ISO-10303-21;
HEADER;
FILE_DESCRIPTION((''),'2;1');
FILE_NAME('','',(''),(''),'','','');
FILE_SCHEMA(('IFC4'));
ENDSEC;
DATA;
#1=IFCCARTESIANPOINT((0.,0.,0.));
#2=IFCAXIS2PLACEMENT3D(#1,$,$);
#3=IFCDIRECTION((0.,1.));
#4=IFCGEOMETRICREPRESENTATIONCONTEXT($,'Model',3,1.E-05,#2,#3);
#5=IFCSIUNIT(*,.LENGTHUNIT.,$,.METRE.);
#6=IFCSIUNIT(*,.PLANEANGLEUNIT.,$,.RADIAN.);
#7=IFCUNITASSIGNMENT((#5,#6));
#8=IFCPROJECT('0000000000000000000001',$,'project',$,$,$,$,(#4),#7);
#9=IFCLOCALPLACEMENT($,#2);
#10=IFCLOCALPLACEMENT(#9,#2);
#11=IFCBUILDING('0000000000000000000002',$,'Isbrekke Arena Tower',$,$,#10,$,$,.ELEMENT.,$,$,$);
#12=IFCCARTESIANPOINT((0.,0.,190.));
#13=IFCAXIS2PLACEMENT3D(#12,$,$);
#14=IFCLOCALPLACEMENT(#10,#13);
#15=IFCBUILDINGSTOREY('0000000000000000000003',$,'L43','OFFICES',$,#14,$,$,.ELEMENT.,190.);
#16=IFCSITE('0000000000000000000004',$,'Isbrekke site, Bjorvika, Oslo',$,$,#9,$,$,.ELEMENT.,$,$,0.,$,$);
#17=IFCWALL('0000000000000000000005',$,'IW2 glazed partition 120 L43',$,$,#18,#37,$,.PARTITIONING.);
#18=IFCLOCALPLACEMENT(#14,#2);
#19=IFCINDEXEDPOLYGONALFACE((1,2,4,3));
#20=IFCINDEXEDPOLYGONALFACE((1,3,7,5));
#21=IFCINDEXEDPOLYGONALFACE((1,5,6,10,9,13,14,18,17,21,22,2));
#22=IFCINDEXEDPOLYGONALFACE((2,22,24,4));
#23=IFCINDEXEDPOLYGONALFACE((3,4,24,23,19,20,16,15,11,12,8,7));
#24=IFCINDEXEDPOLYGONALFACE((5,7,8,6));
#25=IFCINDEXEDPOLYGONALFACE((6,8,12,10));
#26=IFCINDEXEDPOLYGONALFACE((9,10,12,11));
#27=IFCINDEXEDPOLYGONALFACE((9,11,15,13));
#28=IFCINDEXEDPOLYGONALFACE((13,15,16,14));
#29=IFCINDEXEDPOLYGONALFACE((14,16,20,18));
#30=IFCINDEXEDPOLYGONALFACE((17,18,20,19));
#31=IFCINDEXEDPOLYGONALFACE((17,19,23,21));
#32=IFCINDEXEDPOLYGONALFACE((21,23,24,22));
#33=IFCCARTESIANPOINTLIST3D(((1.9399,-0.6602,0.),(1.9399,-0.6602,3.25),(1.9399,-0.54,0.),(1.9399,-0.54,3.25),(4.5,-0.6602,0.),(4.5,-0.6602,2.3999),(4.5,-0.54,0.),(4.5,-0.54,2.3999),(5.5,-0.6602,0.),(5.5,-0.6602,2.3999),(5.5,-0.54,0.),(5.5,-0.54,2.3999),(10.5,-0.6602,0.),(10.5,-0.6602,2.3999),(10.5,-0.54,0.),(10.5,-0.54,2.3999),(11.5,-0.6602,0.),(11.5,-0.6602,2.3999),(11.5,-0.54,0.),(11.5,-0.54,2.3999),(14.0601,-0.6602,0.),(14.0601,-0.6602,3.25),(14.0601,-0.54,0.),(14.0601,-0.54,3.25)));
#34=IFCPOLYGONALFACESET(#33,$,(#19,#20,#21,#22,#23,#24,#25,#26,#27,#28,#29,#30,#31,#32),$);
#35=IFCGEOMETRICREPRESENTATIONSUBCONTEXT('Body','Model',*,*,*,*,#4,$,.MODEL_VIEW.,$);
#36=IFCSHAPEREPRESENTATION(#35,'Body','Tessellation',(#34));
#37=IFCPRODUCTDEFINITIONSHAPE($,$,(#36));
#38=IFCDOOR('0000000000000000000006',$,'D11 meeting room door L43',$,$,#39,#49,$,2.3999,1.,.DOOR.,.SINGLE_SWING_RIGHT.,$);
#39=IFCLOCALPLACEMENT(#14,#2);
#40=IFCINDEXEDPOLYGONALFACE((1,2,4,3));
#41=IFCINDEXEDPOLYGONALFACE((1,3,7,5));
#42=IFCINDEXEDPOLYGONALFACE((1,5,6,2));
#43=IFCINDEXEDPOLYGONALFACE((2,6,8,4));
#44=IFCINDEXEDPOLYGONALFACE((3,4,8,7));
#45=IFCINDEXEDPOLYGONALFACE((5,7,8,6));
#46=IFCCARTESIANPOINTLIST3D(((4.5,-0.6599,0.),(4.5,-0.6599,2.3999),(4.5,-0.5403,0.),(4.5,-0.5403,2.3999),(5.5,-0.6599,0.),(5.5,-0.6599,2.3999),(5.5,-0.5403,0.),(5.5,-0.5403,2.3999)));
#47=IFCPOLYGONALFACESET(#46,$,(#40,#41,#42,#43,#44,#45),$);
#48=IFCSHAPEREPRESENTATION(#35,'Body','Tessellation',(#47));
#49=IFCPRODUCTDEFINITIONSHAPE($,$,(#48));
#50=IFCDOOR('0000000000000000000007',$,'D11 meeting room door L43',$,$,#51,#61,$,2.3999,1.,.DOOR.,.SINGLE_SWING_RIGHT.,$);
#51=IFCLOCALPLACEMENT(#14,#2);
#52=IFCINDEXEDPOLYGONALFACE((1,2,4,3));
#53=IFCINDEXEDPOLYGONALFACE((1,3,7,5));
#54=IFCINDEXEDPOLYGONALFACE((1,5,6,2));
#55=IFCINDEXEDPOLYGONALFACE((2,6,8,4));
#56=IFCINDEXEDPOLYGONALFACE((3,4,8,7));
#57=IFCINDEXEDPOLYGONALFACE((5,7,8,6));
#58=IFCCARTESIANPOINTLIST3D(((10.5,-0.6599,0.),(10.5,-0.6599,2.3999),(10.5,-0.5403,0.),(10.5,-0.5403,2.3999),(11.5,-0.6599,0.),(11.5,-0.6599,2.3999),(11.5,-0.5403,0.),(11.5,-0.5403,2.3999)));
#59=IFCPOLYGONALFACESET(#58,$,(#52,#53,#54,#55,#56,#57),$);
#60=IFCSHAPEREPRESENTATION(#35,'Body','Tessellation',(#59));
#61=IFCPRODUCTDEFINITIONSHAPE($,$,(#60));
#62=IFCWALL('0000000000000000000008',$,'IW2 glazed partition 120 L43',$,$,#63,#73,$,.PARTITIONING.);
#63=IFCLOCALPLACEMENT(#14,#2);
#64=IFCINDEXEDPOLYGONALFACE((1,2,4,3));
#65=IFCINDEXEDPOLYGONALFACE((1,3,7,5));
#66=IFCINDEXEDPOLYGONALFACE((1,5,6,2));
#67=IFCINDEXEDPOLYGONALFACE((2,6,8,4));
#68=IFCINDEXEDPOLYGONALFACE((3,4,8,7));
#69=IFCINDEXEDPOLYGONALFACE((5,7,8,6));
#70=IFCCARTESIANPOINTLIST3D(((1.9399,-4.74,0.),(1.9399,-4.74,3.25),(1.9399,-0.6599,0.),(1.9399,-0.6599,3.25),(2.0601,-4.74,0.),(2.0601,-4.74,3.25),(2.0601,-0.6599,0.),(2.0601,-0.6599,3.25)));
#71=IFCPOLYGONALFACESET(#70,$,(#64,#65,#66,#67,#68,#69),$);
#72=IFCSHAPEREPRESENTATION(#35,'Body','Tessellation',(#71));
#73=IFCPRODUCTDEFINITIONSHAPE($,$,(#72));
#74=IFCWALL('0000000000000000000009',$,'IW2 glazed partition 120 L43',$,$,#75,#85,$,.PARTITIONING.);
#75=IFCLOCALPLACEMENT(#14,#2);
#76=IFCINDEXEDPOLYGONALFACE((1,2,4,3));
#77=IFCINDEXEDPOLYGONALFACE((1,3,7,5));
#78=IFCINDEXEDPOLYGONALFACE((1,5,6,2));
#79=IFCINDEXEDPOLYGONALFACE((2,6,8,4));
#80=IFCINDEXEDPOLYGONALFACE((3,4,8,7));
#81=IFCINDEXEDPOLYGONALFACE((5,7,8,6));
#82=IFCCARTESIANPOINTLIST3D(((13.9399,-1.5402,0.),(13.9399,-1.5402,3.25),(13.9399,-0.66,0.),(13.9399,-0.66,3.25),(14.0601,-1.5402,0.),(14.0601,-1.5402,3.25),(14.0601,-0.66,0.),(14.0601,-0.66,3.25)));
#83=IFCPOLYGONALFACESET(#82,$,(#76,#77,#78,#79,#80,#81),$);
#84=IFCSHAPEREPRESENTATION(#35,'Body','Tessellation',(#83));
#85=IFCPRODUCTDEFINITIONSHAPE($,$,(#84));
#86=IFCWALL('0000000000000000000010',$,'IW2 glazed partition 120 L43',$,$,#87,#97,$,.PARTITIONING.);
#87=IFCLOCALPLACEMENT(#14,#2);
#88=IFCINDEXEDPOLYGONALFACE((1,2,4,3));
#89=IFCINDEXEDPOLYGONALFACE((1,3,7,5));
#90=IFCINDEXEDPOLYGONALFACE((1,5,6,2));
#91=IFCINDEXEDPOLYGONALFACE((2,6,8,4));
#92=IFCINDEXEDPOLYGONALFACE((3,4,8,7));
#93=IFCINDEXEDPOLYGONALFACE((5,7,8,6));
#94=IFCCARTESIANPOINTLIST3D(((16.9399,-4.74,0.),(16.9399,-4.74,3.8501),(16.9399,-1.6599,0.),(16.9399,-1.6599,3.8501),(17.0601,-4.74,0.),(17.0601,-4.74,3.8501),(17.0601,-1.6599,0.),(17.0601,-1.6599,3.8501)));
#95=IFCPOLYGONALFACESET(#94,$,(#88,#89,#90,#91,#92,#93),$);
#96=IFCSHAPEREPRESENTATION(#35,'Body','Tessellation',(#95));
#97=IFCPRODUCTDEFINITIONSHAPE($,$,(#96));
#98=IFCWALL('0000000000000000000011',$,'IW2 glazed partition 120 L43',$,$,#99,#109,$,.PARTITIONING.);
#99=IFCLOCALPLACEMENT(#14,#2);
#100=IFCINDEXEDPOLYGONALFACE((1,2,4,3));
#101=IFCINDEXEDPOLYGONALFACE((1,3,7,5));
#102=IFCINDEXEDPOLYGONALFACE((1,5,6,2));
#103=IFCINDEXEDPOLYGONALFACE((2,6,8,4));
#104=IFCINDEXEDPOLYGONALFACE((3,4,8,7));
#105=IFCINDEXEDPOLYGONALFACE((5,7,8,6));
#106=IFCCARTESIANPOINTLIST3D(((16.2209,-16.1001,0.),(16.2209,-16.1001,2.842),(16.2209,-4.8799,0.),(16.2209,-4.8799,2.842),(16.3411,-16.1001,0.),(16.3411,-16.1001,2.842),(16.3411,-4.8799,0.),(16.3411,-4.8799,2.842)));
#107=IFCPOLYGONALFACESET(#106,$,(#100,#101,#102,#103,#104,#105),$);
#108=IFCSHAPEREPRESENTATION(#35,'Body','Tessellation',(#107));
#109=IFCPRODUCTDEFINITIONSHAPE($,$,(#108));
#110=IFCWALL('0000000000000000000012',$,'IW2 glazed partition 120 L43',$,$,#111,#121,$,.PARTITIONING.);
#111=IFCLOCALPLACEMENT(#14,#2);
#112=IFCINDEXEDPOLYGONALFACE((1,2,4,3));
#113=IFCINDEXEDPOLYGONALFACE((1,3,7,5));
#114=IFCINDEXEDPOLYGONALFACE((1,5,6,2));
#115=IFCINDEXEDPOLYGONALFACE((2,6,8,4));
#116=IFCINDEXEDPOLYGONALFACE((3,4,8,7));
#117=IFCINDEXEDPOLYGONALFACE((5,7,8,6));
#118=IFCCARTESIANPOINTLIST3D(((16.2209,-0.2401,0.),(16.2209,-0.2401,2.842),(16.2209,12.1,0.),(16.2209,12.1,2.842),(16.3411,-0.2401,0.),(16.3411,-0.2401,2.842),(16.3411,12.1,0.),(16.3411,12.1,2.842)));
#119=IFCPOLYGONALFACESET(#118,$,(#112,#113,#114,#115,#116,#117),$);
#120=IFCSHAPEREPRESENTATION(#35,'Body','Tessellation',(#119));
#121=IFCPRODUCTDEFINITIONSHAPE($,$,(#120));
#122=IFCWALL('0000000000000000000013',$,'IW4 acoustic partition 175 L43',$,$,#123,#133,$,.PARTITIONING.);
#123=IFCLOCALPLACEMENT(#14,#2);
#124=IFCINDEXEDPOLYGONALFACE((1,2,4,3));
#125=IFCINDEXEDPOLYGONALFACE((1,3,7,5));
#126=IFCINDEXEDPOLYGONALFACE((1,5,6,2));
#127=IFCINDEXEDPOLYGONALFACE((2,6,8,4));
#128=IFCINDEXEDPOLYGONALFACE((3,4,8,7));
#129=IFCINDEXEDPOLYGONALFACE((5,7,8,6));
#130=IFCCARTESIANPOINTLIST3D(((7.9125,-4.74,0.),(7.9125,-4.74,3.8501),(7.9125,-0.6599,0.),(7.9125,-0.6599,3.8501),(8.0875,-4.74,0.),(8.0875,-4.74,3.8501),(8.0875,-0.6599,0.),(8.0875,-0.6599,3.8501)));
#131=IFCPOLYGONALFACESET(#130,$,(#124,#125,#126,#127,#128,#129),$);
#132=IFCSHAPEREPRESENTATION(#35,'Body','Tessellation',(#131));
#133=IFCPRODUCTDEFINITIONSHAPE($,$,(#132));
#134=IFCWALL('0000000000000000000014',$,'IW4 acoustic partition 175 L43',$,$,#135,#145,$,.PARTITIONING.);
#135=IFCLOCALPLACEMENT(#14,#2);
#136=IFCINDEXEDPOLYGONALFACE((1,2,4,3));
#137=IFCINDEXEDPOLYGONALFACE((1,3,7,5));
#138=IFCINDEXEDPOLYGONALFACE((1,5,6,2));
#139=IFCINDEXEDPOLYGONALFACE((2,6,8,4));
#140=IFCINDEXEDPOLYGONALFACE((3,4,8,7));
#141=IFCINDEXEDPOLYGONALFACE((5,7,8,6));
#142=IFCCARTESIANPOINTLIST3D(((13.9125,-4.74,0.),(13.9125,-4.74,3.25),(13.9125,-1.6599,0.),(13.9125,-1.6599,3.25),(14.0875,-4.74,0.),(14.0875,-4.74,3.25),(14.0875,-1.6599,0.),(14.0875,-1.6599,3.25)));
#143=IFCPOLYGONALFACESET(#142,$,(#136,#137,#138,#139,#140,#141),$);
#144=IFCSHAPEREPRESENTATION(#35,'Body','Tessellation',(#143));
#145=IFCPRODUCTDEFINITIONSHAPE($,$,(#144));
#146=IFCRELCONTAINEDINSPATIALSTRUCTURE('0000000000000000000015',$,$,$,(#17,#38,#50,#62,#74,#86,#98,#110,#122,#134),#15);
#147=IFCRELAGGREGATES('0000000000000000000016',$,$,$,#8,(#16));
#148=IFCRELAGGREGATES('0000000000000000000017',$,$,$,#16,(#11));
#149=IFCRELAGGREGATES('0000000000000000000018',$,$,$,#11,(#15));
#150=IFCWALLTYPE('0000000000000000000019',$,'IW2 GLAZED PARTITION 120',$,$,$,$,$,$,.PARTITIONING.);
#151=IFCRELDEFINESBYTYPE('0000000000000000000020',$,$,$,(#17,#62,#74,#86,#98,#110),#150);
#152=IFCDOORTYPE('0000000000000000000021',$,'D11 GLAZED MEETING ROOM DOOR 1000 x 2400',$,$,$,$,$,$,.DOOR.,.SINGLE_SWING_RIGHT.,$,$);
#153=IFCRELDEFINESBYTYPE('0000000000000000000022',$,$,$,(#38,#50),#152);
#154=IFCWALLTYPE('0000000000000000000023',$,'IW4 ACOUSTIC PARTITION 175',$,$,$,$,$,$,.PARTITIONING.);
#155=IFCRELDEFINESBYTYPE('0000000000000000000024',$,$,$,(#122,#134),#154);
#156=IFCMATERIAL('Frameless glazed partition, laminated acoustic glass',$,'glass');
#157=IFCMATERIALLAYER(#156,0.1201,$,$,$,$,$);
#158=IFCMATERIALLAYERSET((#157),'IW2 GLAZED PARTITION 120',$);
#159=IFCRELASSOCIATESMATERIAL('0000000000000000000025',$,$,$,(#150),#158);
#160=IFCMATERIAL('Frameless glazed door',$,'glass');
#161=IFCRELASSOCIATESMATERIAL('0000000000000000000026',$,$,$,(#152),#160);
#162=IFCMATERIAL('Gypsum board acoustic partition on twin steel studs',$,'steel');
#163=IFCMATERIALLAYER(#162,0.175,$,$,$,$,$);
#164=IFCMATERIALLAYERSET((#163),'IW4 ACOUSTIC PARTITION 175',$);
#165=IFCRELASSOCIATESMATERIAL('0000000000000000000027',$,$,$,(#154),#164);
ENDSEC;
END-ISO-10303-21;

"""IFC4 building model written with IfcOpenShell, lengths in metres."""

from ifc_helpers import new_model, si_unit, direction, frame, frame_2d, origin, place, context, subcontext, project, spatial, rectangle, extrude, material, layer, layer_set, type_object, element, fill, save


model = new_model("IFC4")

# Units and contexts
model_context = context("Model", 3, precision=1e-05, world=origin(), true_north=direction((0.0, 1.0)))
body_context = subcontext(model_context, "Body", "Model", "MODEL_VIEW")
ifc_project = project(units=[si_unit("LENGTHUNIT", "METRE"), si_unit("PLANEANGLEUNIT", "RADIAN")], contexts=[model_context])

# Site, building, storey
site_placement = place(None, origin())
site = spatial("IfcSite", under=ifc_project, at=site_placement, Name="Isbrekke site, Bjorvika, Oslo", CompositionType="ELEMENT", RefElevation=0.0)
building_placement = place(site_placement, origin())
building = spatial("IfcBuilding", under=site, at=building_placement, Name="Isbrekke Arena Tower", CompositionType="ELEMENT")
storey_placement = place(building_placement, frame((0.0, 0.0, 190.0)))
storey = spatial("IfcBuildingStorey", under=building, at=storey_placement, Name="L43", Description="OFFICES", CompositionType="ELEMENT", Elevation=190.0)

# Shared definitions
ifc_material_1 = material(Name="Frameless glazed partition, laminated acoustic glass", Category="glass")
ifc_layer_1 = layer(ifc_material_1, 0.1201)
ifc_layer_set_1 = layer_set([ifc_layer_1], Name="IW2 GLAZED PARTITION 120")
wall_type_1 = type_object("IfcWallType", Name="IW2 GLAZED PARTITION 120", PredefinedType="PARTITIONING", material=ifc_layer_set_1)

# Shared definitions
ifc_material_2 = material(Name="Frameless glazed door", Category="glass")
door_type_1 = type_object("IfcDoorType", Name="D11 GLAZED MEETING ROOM DOOR 1000 x 2400", OperationType="SINGLE_SWING_RIGHT", PredefinedType="DOOR", material=ifc_material_2)

# Wall, openings, doors
wall_1_placement = place(storey_placement, frame((1.9399, -0.6001, 0.0), z_axis=(0.0, 0.0, 1.0), x_axis=(1.0, 0.0, 0.0)))
wall_1 = element("IfcWall", 1, at=wall_1_placement, inside=storey, type_object=wall_type_1, Name="IW2 glazed partition 120 L43", PredefinedType="PARTITIONING", context=body_context, shape_type="SweptSolid", body=[
    extrude(rectangle(XDim=12.1201, YDim=0.1201, at=frame_2d((6.0601, 0.0))), origin(), (0.0, 0.0, 1.0), 3.25),
])
opening_1_placement = place(wall_1_placement, frame((2.5601, 0.0, 0.0)))
opening_1 = element("IfcOpeningElement", 2, at=opening_1_placement, cuts=wall_1, PredefinedType="OPENING", context=body_context, shape_type="SweptSolid", body=[
    extrude(rectangle(XDim=1.0, YDim=2.3999, at=frame_2d((0.5, 1.2))), frame((0.0, 0.075, 0.0), z_axis=(0.0, -1.0, 0.0), x_axis=(1.0, 0.0, 0.0)), (0.0, 0.0, 1.0), 0.1499),
])
opening_2_placement = place(wall_1_placement, frame((8.5601, 0.0, 0.0)))
opening_2 = element("IfcOpeningElement", 3, at=opening_2_placement, cuts=wall_1, PredefinedType="OPENING", context=body_context, shape_type="SweptSolid", body=[
    extrude(rectangle(XDim=1.0, YDim=2.3999, at=frame_2d((0.5, 1.2))), frame((0.0, 0.075, 0.0), z_axis=(0.0, -1.0, 0.0), x_axis=(1.0, 0.0, 0.0)), (0.0, 0.0, 1.0), 0.1499),
])
door_1_placement = place(opening_1_placement, origin())
door_1 = element("IfcDoor", 4, at=door_1_placement, inside=storey, type_object=door_type_1, Name="D11 meeting room door L43", OperationType="SINGLE_SWING_RIGHT", OverallHeight=2.3999, OverallWidth=1.0, PredefinedType="DOOR", context=body_context, shape_type="SweptSolid", body=[
    extrude(rectangle(XDim=1.0, YDim=2.3999, at=frame_2d((0.5, 1.2))), frame((0.0, 0.0598, 0.0), z_axis=(0.0, -1.0, 0.0), x_axis=(1.0, 0.0, 0.0)), (0.0, 0.0, 1.0), 0.1196),
])
fill(opening_1, door_1)
door_2_placement = place(opening_2_placement, origin())
door_2 = element("IfcDoor", 5, at=door_2_placement, inside=storey, type_object=door_type_1, Name="D11 meeting room door L43", OperationType="SINGLE_SWING_RIGHT", OverallHeight=2.3999, OverallWidth=1.0, PredefinedType="DOOR", context=body_context, shape_type="SweptSolid", body=[
    extrude(rectangle(XDim=1.0, YDim=2.3999, at=frame_2d((0.5, 1.2))), frame((0.0, 0.0598, 0.0), z_axis=(0.0, -1.0, 0.0), x_axis=(1.0, 0.0, 0.0)), (0.0, 0.0, 1.0), 0.1196),
])
fill(opening_2, door_2)

# Walls
wall_2_placement = place(storey_placement, frame((2.0, -4.74, 0.0), z_axis=(0.0, 0.0, 1.0), x_axis=(0.0, 1.0, 0.0)))
element("IfcWall", 6, at=wall_2_placement, inside=storey, type_object=wall_type_1, Name="IW2 glazed partition 120 L43", PredefinedType="PARTITIONING", context=body_context, shape_type="SweptSolid", body=[
    extrude(rectangle(XDim=4.0801, YDim=0.1201, at=frame_2d((2.04, 0.0))), origin(), (0.0, 0.0, 1.0), 3.25),
])
wall_3_placement = place(storey_placement, frame((14.0, -1.54, 0.0), z_axis=(0.0, 0.0, 1.0), x_axis=(0.0, 1.0, 0.0)))
element("IfcWall", 7, at=wall_3_placement, inside=storey, type_object=wall_type_1, Name="IW2 glazed partition 120 L43", PredefinedType="PARTITIONING", context=body_context, shape_type="SweptSolid", body=[
    extrude(rectangle(XDim=0.8801, YDim=0.1201, at=frame_2d((0.4399, 0.0))), origin(), (0.0, 0.0, 1.0), 3.25),
])
wall_4_placement = place(storey_placement, frame((17.0, -4.74, 0.0), z_axis=(0.0, 0.0, 1.0), x_axis=(0.0, 1.0, 0.0)))
element("IfcWall", 8, at=wall_4_placement, inside=storey, type_object=wall_type_1, Name="IW2 glazed partition 120 L43", PredefinedType="PARTITIONING", context=body_context, shape_type="SweptSolid", body=[
    extrude(rectangle(XDim=3.0801, YDim=0.1201, at=frame_2d((1.54, 0.0))), origin(), (0.0, 0.0, 1.0), 3.8501),
])
wall_5_placement = place(storey_placement, frame((16.281, -16.1001, 0.0), z_axis=(0.0, 0.0, 1.0), x_axis=(0.0, 1.0, 0.0)))
element("IfcWall", 9, at=wall_5_placement, inside=storey, type_object=wall_type_1, Name="IW2 glazed partition 120 L43", PredefinedType="PARTITIONING", context=body_context, shape_type="SweptSolid", body=[
    extrude(rectangle(XDim=11.2202, YDim=0.1201, at=frame_2d((5.6101, 0.0))), origin(), (0.0, 0.0, 1.0), 2.842),
])
wall_6_placement = place(storey_placement, frame((16.281, -0.24, 0.0), z_axis=(0.0, 0.0, 1.0), x_axis=(0.0, 1.0, 0.0)))
element("IfcWall", 10, at=wall_6_placement, inside=storey, type_object=wall_type_1, Name="IW2 glazed partition 120 L43", PredefinedType="PARTITIONING", context=body_context, shape_type="SweptSolid", body=[
    extrude(rectangle(XDim=12.3401, YDim=0.1201, at=frame_2d((6.1699, 0.0))), origin(), (0.0, 0.0, 1.0), 2.842),
])
ifc_material_3 = material(Name="Gypsum board acoustic partition on twin steel studs", Category="steel")
ifc_layer_2 = layer(ifc_material_3, 0.175)
ifc_layer_set_2 = layer_set([ifc_layer_2], Name="IW4 ACOUSTIC PARTITION 175")
wall_type_2 = type_object("IfcWallType", Name="IW4 ACOUSTIC PARTITION 175", PredefinedType="PARTITIONING", material=ifc_layer_set_2)
wall_7_placement = place(storey_placement, frame((8.0, -4.74, 0.0), z_axis=(0.0, 0.0, 1.0), x_axis=(0.0, 1.0, 0.0)))
element("IfcWall", 11, at=wall_7_placement, inside=storey, type_object=wall_type_2, Name="IW4 acoustic partition 175 L43", PredefinedType="PARTITIONING", context=body_context, shape_type="SweptSolid", body=[
    extrude(rectangle(XDim=4.0801, YDim=0.175, at=frame_2d((2.04, 0.0))), origin(), (0.0, 0.0, 1.0), 3.8501),
])
wall_8_placement = place(storey_placement, frame((14.0, -4.74, 0.0), z_axis=(0.0, 0.0, 1.0), x_axis=(0.0, 1.0, 0.0)))
element("IfcWall", 12, at=wall_8_placement, inside=storey, type_object=wall_type_2, Name="IW4 acoustic partition 175 L43", PredefinedType="PARTITIONING", context=body_context, shape_type="SweptSolid", body=[
    extrude(rectangle(XDim=3.0801, YDim=0.175, at=frame_2d((1.54, 0.0))), origin(), (0.0, 0.0, 1.0), 3.25),
])

save(model, "model.ifc")
